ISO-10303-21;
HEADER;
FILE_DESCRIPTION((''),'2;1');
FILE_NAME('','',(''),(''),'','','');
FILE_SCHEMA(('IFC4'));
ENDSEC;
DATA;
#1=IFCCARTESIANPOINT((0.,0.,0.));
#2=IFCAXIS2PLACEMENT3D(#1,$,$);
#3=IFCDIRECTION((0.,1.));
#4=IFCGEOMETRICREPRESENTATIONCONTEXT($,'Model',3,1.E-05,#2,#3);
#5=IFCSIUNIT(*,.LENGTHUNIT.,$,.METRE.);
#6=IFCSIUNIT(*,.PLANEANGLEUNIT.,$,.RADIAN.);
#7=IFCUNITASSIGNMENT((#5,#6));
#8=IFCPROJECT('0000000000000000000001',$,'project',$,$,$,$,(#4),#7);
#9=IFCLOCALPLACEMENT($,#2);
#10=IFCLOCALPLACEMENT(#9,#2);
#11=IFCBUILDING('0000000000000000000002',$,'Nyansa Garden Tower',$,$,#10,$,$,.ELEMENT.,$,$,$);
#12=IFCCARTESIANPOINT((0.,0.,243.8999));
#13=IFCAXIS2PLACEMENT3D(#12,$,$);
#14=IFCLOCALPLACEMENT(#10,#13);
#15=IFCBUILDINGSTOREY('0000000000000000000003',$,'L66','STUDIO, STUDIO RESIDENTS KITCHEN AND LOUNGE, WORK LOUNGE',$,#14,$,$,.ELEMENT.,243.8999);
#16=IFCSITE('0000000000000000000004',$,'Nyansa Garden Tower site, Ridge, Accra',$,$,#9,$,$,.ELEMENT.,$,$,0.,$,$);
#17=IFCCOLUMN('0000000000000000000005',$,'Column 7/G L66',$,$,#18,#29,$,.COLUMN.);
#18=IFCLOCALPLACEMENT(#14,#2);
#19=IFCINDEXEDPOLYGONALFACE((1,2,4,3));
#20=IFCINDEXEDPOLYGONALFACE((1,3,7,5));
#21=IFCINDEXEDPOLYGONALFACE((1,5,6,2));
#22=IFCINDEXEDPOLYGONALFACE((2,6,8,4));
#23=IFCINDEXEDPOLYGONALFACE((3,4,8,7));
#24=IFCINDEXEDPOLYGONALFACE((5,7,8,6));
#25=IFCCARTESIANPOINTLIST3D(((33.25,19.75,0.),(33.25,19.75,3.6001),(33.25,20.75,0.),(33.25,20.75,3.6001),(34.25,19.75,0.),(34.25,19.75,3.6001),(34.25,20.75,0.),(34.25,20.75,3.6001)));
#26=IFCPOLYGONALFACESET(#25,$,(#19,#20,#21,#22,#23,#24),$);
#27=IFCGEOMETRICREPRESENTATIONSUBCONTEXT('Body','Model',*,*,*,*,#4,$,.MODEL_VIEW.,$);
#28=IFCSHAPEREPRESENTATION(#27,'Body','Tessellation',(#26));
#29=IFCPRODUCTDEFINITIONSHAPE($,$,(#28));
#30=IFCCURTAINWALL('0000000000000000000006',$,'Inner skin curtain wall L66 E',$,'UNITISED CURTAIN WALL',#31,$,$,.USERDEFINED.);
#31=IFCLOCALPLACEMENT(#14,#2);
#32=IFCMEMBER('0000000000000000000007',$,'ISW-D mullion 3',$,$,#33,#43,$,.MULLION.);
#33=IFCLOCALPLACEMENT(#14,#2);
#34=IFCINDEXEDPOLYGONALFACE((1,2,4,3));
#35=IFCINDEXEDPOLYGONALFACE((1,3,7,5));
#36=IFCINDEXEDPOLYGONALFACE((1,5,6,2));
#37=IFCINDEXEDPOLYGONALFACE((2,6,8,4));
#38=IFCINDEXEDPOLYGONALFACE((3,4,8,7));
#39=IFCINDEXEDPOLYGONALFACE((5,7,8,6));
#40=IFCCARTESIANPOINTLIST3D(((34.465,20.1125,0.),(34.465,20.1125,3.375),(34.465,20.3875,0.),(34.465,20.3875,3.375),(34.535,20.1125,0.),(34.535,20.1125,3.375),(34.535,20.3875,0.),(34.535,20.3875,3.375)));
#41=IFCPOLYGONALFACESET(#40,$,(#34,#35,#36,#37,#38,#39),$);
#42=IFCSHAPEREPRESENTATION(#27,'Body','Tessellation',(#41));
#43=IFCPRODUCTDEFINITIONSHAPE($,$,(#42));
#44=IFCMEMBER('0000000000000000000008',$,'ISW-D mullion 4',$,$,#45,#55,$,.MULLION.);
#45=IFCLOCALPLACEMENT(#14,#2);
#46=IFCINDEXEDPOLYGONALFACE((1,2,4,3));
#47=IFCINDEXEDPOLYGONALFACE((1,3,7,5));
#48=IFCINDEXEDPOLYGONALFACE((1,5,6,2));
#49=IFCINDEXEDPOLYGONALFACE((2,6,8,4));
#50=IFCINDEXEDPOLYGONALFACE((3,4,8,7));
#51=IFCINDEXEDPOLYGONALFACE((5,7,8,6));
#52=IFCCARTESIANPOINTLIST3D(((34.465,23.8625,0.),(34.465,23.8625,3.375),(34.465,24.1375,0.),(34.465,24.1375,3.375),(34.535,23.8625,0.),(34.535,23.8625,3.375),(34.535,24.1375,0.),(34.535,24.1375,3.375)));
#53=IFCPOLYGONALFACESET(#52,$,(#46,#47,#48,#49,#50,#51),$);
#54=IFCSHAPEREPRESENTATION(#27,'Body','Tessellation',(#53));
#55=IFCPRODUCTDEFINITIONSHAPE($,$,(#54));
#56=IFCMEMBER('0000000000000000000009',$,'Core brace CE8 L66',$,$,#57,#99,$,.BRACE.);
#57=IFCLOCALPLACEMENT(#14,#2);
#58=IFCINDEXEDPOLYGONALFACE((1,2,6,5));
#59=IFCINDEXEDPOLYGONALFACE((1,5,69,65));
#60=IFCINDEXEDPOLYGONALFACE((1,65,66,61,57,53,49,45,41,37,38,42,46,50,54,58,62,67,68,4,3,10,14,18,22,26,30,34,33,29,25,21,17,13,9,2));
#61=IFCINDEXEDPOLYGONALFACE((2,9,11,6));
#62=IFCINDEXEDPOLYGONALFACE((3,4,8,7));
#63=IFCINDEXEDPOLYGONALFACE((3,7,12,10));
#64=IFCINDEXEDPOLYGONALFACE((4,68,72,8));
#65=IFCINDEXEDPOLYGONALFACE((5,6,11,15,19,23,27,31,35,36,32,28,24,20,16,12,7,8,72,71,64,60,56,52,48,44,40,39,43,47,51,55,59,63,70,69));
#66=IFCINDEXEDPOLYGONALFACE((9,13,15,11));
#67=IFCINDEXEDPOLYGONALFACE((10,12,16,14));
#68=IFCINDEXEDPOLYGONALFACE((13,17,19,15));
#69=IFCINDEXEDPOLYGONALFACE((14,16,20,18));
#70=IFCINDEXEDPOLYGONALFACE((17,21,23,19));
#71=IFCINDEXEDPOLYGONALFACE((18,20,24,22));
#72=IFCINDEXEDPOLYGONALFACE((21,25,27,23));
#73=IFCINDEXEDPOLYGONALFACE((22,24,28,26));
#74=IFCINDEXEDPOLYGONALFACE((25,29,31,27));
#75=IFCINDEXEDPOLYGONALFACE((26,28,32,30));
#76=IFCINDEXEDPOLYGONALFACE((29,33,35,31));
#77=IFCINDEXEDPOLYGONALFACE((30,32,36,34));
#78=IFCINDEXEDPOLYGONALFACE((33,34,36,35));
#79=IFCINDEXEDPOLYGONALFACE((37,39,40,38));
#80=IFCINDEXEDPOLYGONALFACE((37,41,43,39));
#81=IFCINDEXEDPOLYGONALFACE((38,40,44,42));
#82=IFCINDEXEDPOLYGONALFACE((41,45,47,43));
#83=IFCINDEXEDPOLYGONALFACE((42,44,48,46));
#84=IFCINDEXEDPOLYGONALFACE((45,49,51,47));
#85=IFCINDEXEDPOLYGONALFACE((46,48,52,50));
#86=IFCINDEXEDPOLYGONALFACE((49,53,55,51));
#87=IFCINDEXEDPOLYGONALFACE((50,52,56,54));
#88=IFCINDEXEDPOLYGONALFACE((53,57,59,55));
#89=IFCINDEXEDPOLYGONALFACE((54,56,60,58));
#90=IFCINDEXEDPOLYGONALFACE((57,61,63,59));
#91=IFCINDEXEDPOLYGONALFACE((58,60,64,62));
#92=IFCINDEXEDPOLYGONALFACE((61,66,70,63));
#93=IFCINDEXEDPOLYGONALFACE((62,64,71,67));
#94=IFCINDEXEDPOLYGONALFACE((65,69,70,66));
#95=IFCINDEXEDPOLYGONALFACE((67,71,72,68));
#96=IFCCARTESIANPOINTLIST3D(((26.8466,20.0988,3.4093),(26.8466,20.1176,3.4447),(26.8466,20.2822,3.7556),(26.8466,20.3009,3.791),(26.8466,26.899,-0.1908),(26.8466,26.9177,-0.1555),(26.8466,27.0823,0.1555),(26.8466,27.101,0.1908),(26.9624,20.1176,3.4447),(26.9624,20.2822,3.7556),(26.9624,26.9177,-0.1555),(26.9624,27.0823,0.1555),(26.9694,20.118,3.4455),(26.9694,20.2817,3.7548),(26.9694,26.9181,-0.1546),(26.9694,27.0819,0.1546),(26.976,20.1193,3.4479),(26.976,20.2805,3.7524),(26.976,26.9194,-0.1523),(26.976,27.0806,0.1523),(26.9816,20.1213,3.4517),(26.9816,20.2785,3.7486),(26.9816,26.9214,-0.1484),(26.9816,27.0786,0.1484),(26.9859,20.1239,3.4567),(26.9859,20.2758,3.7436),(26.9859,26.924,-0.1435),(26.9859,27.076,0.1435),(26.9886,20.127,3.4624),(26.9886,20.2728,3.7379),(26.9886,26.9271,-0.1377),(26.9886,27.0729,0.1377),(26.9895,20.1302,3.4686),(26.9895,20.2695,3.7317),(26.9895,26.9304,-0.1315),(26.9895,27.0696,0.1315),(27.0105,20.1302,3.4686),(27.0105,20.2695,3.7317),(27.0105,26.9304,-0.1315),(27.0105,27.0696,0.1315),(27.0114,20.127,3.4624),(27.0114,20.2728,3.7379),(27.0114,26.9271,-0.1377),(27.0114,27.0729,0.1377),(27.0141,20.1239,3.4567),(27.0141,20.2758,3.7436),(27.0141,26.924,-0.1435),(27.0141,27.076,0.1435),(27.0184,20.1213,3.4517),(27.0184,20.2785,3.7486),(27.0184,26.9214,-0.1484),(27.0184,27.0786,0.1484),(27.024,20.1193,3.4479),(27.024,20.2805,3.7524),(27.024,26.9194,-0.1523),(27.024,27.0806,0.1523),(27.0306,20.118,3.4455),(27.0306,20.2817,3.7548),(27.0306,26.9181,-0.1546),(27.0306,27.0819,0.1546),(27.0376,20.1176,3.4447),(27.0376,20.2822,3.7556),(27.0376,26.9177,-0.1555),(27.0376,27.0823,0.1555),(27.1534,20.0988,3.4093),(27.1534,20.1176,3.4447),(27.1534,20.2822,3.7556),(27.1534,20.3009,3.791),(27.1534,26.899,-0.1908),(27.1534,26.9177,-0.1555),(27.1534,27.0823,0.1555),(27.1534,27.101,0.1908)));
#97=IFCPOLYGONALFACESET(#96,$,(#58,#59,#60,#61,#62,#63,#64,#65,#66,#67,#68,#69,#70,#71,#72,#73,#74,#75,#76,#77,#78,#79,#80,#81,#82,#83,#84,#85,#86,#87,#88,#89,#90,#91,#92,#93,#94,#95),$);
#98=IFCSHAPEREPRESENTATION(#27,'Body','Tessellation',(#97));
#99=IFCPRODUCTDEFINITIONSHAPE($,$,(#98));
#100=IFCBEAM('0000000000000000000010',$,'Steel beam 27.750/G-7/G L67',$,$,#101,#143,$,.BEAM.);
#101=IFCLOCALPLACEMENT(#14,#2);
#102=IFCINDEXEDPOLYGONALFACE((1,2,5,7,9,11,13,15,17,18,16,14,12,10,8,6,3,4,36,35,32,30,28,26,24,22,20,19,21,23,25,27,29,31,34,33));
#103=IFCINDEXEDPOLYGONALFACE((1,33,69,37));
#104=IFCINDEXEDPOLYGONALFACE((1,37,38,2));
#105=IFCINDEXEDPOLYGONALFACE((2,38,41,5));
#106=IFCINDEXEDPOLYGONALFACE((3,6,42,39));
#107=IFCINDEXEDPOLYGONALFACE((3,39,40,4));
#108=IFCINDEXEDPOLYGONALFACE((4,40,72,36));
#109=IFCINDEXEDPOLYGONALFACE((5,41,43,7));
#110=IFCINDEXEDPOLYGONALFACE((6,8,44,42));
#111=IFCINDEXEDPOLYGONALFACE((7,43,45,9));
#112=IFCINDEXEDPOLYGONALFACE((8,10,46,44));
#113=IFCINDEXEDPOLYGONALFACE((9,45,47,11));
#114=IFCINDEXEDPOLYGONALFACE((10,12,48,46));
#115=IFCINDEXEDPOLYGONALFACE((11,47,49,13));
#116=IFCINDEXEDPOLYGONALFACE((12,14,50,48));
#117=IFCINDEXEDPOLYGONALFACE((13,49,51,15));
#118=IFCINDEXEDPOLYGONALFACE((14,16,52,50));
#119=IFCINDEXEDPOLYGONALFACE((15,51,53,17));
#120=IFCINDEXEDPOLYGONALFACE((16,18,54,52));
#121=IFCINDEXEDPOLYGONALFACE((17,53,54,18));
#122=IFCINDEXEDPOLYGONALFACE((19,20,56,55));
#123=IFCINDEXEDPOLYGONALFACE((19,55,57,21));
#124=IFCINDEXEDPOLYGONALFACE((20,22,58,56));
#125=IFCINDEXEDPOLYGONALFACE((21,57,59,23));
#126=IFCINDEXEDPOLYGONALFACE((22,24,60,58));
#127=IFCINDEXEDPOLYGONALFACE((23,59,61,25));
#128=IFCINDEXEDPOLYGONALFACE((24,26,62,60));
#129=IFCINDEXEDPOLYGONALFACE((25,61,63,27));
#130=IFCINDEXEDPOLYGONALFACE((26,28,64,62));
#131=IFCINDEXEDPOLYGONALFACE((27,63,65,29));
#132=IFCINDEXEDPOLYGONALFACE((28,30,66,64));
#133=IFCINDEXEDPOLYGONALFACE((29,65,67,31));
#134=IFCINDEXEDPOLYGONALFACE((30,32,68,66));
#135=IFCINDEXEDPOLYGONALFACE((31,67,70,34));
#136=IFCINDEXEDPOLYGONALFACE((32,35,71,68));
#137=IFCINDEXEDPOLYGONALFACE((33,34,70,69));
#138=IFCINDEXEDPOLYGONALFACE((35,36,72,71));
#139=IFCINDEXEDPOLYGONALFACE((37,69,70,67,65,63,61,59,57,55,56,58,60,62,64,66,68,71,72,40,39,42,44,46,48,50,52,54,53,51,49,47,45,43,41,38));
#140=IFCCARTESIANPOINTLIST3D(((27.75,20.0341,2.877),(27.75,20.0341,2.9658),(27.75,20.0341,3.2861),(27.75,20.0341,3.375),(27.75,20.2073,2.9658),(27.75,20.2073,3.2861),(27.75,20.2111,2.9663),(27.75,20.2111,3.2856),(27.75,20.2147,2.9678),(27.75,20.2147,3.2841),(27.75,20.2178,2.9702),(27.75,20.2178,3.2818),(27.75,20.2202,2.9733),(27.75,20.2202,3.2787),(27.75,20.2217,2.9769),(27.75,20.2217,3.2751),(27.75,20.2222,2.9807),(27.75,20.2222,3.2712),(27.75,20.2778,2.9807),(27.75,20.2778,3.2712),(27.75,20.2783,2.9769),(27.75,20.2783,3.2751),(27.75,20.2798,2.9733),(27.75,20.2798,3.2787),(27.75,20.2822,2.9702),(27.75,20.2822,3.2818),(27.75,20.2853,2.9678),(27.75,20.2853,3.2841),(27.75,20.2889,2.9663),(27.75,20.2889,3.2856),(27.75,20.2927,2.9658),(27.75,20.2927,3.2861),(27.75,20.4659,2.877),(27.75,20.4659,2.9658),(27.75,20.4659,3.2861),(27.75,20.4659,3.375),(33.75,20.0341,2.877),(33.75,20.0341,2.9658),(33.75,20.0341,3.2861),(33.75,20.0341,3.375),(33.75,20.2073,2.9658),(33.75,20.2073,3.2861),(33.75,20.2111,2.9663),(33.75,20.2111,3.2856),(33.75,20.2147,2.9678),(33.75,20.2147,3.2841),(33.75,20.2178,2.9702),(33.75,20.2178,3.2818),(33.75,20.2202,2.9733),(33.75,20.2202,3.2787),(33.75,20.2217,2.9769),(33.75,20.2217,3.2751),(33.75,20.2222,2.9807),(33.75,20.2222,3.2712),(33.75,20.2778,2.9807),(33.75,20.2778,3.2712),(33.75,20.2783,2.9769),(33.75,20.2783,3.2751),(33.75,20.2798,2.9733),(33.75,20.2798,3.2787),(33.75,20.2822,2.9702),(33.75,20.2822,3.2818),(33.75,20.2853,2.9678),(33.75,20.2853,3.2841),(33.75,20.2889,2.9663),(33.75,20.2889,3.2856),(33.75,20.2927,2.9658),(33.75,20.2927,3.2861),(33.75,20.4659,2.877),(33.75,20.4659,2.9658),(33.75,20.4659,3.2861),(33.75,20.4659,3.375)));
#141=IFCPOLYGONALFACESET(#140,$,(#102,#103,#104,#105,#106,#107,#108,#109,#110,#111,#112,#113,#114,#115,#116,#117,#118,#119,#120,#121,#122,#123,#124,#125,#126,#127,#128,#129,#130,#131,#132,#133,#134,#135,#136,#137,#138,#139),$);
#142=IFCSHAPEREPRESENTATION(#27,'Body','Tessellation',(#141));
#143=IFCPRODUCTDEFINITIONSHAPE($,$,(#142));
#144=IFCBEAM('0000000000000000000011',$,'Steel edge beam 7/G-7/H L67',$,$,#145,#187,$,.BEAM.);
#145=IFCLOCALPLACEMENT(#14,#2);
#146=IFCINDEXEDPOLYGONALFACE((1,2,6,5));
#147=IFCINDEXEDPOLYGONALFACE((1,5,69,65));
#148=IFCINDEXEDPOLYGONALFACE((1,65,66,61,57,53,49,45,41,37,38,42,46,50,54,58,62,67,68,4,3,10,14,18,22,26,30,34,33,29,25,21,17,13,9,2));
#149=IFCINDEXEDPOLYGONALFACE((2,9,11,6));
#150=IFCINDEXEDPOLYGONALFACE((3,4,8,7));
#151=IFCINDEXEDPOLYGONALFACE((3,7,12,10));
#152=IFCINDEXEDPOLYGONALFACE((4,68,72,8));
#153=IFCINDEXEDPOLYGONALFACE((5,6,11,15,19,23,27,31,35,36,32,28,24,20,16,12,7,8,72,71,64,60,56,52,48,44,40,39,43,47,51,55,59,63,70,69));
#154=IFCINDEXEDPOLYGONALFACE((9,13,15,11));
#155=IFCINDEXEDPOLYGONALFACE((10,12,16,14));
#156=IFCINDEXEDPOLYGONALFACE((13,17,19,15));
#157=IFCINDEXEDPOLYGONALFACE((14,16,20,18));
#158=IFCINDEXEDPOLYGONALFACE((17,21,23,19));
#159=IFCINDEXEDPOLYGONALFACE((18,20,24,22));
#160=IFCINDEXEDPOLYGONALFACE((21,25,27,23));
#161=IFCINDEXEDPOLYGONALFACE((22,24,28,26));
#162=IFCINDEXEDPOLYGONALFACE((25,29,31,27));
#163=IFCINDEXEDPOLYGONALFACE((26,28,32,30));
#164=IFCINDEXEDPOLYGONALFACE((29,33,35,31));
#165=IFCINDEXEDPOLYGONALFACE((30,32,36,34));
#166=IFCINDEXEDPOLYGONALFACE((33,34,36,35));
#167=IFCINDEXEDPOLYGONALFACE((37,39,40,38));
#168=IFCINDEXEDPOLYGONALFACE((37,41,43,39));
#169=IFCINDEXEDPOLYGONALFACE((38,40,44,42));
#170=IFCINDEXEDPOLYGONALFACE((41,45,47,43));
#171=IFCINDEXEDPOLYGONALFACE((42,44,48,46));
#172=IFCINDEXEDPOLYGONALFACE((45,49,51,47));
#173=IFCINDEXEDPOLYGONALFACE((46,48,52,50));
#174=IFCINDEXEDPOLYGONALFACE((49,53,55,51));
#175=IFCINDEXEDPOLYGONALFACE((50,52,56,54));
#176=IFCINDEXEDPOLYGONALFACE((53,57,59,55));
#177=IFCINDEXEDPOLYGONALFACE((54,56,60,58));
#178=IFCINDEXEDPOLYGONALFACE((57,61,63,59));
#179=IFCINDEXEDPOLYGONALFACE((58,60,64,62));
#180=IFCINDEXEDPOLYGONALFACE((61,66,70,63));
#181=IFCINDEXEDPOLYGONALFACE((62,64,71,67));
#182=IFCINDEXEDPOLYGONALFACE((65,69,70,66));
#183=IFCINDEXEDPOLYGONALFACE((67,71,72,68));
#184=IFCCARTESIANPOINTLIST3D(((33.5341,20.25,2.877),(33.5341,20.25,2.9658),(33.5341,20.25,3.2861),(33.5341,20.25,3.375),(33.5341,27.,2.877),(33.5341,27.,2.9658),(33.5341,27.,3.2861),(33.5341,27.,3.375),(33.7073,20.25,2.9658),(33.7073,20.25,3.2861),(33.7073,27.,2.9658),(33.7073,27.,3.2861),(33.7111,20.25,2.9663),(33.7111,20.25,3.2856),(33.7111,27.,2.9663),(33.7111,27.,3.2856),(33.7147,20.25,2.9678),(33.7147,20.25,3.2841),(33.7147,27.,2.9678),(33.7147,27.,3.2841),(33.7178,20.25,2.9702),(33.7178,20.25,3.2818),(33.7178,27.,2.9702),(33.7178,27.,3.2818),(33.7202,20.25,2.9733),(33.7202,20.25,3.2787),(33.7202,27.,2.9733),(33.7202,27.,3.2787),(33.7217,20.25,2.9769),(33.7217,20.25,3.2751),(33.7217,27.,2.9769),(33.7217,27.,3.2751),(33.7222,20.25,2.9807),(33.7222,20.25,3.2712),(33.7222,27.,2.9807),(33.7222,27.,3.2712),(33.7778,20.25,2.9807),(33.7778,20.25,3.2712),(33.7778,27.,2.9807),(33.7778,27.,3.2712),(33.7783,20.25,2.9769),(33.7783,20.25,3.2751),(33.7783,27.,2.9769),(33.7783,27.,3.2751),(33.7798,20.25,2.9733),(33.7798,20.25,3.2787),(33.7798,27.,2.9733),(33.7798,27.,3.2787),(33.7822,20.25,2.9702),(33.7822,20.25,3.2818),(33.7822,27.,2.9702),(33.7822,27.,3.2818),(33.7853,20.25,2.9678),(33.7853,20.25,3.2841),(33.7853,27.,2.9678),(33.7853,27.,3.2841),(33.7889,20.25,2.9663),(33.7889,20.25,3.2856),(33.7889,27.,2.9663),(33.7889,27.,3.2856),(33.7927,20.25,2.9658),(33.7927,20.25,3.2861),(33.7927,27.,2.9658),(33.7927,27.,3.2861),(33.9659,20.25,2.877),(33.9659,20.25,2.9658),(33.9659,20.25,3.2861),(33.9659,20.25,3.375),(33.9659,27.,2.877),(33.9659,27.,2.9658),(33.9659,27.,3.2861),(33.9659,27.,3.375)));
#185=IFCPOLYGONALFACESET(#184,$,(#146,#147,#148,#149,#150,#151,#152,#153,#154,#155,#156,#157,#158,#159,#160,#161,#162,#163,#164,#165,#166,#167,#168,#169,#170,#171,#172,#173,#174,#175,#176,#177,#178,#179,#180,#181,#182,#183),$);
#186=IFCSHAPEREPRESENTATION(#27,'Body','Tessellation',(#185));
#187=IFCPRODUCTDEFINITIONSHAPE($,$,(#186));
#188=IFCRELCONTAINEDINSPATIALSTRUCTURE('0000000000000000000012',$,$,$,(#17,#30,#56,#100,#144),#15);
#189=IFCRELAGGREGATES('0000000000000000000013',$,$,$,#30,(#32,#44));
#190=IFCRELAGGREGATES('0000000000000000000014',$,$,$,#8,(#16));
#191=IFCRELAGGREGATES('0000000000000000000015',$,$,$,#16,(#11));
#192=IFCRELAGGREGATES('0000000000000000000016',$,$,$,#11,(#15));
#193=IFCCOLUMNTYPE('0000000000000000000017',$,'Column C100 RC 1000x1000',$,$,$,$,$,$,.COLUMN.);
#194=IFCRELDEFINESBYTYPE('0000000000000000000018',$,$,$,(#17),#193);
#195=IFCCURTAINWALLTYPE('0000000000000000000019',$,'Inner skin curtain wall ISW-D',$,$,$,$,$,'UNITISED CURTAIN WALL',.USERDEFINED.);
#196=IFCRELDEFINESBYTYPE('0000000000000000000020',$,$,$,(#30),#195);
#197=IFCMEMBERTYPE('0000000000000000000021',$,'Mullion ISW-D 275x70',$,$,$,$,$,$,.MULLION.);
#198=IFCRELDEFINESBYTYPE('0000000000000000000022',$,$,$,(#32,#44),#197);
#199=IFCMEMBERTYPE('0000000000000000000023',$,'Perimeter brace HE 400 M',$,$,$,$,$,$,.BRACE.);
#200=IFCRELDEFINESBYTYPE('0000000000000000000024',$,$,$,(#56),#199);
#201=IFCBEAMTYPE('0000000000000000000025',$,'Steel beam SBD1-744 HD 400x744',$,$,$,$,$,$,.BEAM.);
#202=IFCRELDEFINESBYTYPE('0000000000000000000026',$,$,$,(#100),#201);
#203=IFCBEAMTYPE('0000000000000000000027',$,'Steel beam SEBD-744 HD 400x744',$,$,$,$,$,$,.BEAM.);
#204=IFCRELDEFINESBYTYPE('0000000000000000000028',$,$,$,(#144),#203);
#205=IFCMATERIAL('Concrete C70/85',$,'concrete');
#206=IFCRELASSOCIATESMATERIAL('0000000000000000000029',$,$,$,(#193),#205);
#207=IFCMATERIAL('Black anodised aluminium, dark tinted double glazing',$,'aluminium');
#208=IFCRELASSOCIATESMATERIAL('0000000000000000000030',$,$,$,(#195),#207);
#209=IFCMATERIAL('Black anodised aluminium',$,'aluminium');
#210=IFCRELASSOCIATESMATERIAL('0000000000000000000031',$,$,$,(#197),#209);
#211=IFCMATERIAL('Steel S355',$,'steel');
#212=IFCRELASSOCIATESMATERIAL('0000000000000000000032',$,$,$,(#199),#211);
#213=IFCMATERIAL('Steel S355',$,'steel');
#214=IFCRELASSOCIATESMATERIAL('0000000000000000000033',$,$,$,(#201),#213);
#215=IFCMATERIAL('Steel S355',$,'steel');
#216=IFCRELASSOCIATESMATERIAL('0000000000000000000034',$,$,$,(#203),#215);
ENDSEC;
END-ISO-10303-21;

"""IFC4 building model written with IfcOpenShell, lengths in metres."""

from ifc_helpers import new_model, si_unit, direction, frame, origin, origin_2d, place, context, subcontext, project, spatial, rectangle, i_section, extrude, material, material_profile, profile_set, type_object, element, aggregate, save


model = new_model("IFC4")

# Units and contexts
model_context = context("Model", 3, precision=1e-05, world=origin(), true_north=direction((0.0, 1.0)))
body_context = subcontext(model_context, "Body", "Model", "MODEL_VIEW")
ifc_project = project(units=[si_unit("LENGTHUNIT", "METRE"), si_unit("PLANEANGLEUNIT", "RADIAN")], contexts=[model_context])

# Site, building, storey
site_placement = place(None, origin())
site = spatial("IfcSite", under=ifc_project, at=site_placement, Name="Nyansa Garden Tower site, Ridge, Accra", CompositionType="ELEMENT", RefElevation=0.0)
building_placement = place(site_placement, origin())
building = spatial("IfcBuilding", under=site, at=building_placement, Name="Nyansa Garden Tower", CompositionType="ELEMENT")
storey_placement = place(building_placement, frame((0.0, 0.0, 243.8999)))
storey = spatial("IfcBuildingStorey", under=building, at=storey_placement, Name="L66", Description="STUDIO, STUDIO RESIDENTS KITCHEN AND LOUNGE, WORK LOUNGE", CompositionType="ELEMENT", Elevation=243.8999)

# Column
ifc_material_1 = material(Name="Concrete C70/85", Category="concrete")
ifc_material_profile_1 = material_profile(ifc_material_1, rectangle(XDim=1.0, YDim=1.0, at=origin_2d()), Name="RC 1000x1000")
ifc_profile_set_1 = profile_set([ifc_material_profile_1], Name="Concrete C70/85")
column_type = type_object("IfcColumnType", Name="Column C100 RC 1000x1000", PredefinedType="COLUMN", material=ifc_profile_set_1)
column_placement = place(storey_placement, frame((33.75, 20.25, 0.0), z_axis=(0.0, 0.0, 1.0), x_axis=(1.0, 0.0, 0.0)))
element("IfcColumn", 1, at=column_placement, inside=storey, type_object=column_type, Name="Column 7/G L66", PredefinedType="COLUMN", context=body_context, shape_type="SweptSolid", body=[
    extrude(rectangle(XDim=1.0, YDim=1.0, at=origin_2d()), origin(), (0.0, 0.0, 1.0), 3.6001),
])

# Curtain wall, members
ifc_material_2 = material(Name="Black anodised aluminium, dark tinted double glazing", Category="aluminium")
curtain_wall_type = type_object("IfcCurtainWallType", Name="Inner skin curtain wall ISW-D", ElementType="UNITISED CURTAIN WALL", PredefinedType="USERDEFINED", material=ifc_material_2)
curtain_wall_placement = place(storey_placement, origin())
curtain_wall = element("IfcCurtainWall", 2, at=curtain_wall_placement, inside=storey, type_object=curtain_wall_type, Name="Inner skin curtain wall L66 E", ObjectType="UNITISED CURTAIN WALL", PredefinedType="USERDEFINED")
ifc_material_3 = material(Name="Black anodised aluminium", Category="aluminium")
ifc_material_profile_2 = material_profile(ifc_material_3, rectangle(XDim=0.0701, YDim=0.2749, at=origin_2d()), Name="Mullion 275x70")
ifc_profile_set_2 = profile_set([ifc_material_profile_2], Name="Black anodised aluminium")
member_type_1 = type_object("IfcMemberType", Name="Mullion ISW-D 275x70", PredefinedType="MULLION", material=ifc_profile_set_2)
member_1_placement = place(storey_placement, frame((34.5, 20.25, 0.0), z_axis=(0.0, 0.0, 1.0), x_axis=(-1.0, 0.0, 0.0)))
member_1 = element("IfcMember", 3, at=member_1_placement, type_object=member_type_1, Name="ISW-D mullion 3", PredefinedType="MULLION", context=body_context, shape_type="SweptSolid", body=[
    extrude(rectangle(XDim=0.0701, YDim=0.2749, at=origin_2d()), origin(), (0.0, 0.0, 1.0), 3.375),
])
member_2_placement = place(storey_placement, frame((34.5, 24.0, 0.0), z_axis=(0.0, 0.0, 1.0), x_axis=(-1.0, 0.0, 0.0)))
member_2 = element("IfcMember", 4, at=member_2_placement, type_object=member_type_1, Name="ISW-D mullion 4", PredefinedType="MULLION", context=body_context, shape_type="SweptSolid", body=[
    extrude(rectangle(XDim=0.0701, YDim=0.2749, at=origin_2d()), origin(), (0.0, 0.0, 1.0), 3.375),
])

# Member
ifc_material_4 = material(Name="Steel S355", Category="steel")
ifc_material_profile_3 = material_profile(ifc_material_4, i_section(OverallWidth=0.3069, OverallDepth=0.4319, WebThickness=0.021, FlangeThickness=0.04, FilletRadius=0.0271, at=origin_2d()), Name="HE 400 M")
ifc_profile_set_3 = profile_set([ifc_material_profile_3], Name="Steel S355")
member_type_2 = type_object("IfcMemberType", Name="Perimeter brace HE 400 M", PredefinedType="BRACE", material=ifc_profile_set_3)
member_3_placement = place(storey_placement, frame((27.0, 27.0, 0.0), z_axis=(0.0, -0.883784, 0.467895), x_axis=(1.0, 0.0, 0.0)))
element("IfcMember", 5, at=member_3_placement, inside=storey, type_object=member_type_2, Name="Core brace CE8 L66", PredefinedType="BRACE", context=body_context, shape_type="SweptSolid", body=[
    extrude(i_section(OverallWidth=0.3069, OverallDepth=0.4319, WebThickness=0.021, FlangeThickness=0.04, FilletRadius=0.0271, at=origin_2d()), origin(), (0.0, 0.0, 1.0), 7.6943),
])

# Beams
ifc_material_5 = material(Name="Steel S355", Category="steel")
ifc_material_profile_4 = material_profile(ifc_material_5, i_section(OverallWidth=0.4319, OverallDepth=0.498, WebThickness=0.0557, FlangeThickness=0.0889, FilletRadius=0.0149, at=origin_2d()), Name="HD 400x744")
ifc_profile_set_4 = profile_set([ifc_material_profile_4], Name="Steel S355")
beam_type_1 = type_object("IfcBeamType", Name="Steel beam SBD1-744 HD 400x744", PredefinedType="BEAM", material=ifc_profile_set_4)
beam_1_placement = place(storey_placement, frame((27.75, 20.25, 3.126), z_axis=(1.0, 0.0, 0.0), x_axis=(0.0, 1.0, 0.0)))
element("IfcBeam", 6, at=beam_1_placement, inside=storey, type_object=beam_type_1, Name="Steel beam 27.750/G-7/G L67", PredefinedType="BEAM", context=body_context, shape_type="SweptSolid", body=[
    extrude(i_section(OverallWidth=0.4319, OverallDepth=0.498, WebThickness=0.0557, FlangeThickness=0.0889, FilletRadius=0.0149, at=origin_2d()), origin(), (0.0, 0.0, 1.0), 6.0),
])
ifc_material_6 = material(Name="Steel S355", Category="steel")
ifc_material_profile_5 = material_profile(ifc_material_6, i_section(OverallWidth=0.4319, OverallDepth=0.498, WebThickness=0.0557, FlangeThickness=0.0889, FilletRadius=0.0149, at=origin_2d()), Name="HD 400x744")
ifc_profile_set_5 = profile_set([ifc_material_profile_5], Name="Steel S355")
beam_type_2 = type_object("IfcBeamType", Name="Steel beam SEBD-744 HD 400x744", PredefinedType="BEAM", material=ifc_profile_set_5)
beam_2_placement = place(storey_placement, frame((33.75, 20.25, 3.126), z_axis=(0.0, 1.0, 0.0), x_axis=(-1.0, 0.0, 0.0)))
element("IfcBeam", 7, at=beam_2_placement, inside=storey, type_object=beam_type_2, Name="Steel edge beam 7/G-7/H L67", PredefinedType="BEAM", context=body_context, shape_type="SweptSolid", body=[
    extrude(i_section(OverallWidth=0.4319, OverallDepth=0.498, WebThickness=0.0557, FlangeThickness=0.0889, FilletRadius=0.0149, at=origin_2d()), origin(), (0.0, 0.0, 1.0), 6.75),
])

aggregate(curtain_wall, [member_1, member_2])

save(model, "model.ifc")
